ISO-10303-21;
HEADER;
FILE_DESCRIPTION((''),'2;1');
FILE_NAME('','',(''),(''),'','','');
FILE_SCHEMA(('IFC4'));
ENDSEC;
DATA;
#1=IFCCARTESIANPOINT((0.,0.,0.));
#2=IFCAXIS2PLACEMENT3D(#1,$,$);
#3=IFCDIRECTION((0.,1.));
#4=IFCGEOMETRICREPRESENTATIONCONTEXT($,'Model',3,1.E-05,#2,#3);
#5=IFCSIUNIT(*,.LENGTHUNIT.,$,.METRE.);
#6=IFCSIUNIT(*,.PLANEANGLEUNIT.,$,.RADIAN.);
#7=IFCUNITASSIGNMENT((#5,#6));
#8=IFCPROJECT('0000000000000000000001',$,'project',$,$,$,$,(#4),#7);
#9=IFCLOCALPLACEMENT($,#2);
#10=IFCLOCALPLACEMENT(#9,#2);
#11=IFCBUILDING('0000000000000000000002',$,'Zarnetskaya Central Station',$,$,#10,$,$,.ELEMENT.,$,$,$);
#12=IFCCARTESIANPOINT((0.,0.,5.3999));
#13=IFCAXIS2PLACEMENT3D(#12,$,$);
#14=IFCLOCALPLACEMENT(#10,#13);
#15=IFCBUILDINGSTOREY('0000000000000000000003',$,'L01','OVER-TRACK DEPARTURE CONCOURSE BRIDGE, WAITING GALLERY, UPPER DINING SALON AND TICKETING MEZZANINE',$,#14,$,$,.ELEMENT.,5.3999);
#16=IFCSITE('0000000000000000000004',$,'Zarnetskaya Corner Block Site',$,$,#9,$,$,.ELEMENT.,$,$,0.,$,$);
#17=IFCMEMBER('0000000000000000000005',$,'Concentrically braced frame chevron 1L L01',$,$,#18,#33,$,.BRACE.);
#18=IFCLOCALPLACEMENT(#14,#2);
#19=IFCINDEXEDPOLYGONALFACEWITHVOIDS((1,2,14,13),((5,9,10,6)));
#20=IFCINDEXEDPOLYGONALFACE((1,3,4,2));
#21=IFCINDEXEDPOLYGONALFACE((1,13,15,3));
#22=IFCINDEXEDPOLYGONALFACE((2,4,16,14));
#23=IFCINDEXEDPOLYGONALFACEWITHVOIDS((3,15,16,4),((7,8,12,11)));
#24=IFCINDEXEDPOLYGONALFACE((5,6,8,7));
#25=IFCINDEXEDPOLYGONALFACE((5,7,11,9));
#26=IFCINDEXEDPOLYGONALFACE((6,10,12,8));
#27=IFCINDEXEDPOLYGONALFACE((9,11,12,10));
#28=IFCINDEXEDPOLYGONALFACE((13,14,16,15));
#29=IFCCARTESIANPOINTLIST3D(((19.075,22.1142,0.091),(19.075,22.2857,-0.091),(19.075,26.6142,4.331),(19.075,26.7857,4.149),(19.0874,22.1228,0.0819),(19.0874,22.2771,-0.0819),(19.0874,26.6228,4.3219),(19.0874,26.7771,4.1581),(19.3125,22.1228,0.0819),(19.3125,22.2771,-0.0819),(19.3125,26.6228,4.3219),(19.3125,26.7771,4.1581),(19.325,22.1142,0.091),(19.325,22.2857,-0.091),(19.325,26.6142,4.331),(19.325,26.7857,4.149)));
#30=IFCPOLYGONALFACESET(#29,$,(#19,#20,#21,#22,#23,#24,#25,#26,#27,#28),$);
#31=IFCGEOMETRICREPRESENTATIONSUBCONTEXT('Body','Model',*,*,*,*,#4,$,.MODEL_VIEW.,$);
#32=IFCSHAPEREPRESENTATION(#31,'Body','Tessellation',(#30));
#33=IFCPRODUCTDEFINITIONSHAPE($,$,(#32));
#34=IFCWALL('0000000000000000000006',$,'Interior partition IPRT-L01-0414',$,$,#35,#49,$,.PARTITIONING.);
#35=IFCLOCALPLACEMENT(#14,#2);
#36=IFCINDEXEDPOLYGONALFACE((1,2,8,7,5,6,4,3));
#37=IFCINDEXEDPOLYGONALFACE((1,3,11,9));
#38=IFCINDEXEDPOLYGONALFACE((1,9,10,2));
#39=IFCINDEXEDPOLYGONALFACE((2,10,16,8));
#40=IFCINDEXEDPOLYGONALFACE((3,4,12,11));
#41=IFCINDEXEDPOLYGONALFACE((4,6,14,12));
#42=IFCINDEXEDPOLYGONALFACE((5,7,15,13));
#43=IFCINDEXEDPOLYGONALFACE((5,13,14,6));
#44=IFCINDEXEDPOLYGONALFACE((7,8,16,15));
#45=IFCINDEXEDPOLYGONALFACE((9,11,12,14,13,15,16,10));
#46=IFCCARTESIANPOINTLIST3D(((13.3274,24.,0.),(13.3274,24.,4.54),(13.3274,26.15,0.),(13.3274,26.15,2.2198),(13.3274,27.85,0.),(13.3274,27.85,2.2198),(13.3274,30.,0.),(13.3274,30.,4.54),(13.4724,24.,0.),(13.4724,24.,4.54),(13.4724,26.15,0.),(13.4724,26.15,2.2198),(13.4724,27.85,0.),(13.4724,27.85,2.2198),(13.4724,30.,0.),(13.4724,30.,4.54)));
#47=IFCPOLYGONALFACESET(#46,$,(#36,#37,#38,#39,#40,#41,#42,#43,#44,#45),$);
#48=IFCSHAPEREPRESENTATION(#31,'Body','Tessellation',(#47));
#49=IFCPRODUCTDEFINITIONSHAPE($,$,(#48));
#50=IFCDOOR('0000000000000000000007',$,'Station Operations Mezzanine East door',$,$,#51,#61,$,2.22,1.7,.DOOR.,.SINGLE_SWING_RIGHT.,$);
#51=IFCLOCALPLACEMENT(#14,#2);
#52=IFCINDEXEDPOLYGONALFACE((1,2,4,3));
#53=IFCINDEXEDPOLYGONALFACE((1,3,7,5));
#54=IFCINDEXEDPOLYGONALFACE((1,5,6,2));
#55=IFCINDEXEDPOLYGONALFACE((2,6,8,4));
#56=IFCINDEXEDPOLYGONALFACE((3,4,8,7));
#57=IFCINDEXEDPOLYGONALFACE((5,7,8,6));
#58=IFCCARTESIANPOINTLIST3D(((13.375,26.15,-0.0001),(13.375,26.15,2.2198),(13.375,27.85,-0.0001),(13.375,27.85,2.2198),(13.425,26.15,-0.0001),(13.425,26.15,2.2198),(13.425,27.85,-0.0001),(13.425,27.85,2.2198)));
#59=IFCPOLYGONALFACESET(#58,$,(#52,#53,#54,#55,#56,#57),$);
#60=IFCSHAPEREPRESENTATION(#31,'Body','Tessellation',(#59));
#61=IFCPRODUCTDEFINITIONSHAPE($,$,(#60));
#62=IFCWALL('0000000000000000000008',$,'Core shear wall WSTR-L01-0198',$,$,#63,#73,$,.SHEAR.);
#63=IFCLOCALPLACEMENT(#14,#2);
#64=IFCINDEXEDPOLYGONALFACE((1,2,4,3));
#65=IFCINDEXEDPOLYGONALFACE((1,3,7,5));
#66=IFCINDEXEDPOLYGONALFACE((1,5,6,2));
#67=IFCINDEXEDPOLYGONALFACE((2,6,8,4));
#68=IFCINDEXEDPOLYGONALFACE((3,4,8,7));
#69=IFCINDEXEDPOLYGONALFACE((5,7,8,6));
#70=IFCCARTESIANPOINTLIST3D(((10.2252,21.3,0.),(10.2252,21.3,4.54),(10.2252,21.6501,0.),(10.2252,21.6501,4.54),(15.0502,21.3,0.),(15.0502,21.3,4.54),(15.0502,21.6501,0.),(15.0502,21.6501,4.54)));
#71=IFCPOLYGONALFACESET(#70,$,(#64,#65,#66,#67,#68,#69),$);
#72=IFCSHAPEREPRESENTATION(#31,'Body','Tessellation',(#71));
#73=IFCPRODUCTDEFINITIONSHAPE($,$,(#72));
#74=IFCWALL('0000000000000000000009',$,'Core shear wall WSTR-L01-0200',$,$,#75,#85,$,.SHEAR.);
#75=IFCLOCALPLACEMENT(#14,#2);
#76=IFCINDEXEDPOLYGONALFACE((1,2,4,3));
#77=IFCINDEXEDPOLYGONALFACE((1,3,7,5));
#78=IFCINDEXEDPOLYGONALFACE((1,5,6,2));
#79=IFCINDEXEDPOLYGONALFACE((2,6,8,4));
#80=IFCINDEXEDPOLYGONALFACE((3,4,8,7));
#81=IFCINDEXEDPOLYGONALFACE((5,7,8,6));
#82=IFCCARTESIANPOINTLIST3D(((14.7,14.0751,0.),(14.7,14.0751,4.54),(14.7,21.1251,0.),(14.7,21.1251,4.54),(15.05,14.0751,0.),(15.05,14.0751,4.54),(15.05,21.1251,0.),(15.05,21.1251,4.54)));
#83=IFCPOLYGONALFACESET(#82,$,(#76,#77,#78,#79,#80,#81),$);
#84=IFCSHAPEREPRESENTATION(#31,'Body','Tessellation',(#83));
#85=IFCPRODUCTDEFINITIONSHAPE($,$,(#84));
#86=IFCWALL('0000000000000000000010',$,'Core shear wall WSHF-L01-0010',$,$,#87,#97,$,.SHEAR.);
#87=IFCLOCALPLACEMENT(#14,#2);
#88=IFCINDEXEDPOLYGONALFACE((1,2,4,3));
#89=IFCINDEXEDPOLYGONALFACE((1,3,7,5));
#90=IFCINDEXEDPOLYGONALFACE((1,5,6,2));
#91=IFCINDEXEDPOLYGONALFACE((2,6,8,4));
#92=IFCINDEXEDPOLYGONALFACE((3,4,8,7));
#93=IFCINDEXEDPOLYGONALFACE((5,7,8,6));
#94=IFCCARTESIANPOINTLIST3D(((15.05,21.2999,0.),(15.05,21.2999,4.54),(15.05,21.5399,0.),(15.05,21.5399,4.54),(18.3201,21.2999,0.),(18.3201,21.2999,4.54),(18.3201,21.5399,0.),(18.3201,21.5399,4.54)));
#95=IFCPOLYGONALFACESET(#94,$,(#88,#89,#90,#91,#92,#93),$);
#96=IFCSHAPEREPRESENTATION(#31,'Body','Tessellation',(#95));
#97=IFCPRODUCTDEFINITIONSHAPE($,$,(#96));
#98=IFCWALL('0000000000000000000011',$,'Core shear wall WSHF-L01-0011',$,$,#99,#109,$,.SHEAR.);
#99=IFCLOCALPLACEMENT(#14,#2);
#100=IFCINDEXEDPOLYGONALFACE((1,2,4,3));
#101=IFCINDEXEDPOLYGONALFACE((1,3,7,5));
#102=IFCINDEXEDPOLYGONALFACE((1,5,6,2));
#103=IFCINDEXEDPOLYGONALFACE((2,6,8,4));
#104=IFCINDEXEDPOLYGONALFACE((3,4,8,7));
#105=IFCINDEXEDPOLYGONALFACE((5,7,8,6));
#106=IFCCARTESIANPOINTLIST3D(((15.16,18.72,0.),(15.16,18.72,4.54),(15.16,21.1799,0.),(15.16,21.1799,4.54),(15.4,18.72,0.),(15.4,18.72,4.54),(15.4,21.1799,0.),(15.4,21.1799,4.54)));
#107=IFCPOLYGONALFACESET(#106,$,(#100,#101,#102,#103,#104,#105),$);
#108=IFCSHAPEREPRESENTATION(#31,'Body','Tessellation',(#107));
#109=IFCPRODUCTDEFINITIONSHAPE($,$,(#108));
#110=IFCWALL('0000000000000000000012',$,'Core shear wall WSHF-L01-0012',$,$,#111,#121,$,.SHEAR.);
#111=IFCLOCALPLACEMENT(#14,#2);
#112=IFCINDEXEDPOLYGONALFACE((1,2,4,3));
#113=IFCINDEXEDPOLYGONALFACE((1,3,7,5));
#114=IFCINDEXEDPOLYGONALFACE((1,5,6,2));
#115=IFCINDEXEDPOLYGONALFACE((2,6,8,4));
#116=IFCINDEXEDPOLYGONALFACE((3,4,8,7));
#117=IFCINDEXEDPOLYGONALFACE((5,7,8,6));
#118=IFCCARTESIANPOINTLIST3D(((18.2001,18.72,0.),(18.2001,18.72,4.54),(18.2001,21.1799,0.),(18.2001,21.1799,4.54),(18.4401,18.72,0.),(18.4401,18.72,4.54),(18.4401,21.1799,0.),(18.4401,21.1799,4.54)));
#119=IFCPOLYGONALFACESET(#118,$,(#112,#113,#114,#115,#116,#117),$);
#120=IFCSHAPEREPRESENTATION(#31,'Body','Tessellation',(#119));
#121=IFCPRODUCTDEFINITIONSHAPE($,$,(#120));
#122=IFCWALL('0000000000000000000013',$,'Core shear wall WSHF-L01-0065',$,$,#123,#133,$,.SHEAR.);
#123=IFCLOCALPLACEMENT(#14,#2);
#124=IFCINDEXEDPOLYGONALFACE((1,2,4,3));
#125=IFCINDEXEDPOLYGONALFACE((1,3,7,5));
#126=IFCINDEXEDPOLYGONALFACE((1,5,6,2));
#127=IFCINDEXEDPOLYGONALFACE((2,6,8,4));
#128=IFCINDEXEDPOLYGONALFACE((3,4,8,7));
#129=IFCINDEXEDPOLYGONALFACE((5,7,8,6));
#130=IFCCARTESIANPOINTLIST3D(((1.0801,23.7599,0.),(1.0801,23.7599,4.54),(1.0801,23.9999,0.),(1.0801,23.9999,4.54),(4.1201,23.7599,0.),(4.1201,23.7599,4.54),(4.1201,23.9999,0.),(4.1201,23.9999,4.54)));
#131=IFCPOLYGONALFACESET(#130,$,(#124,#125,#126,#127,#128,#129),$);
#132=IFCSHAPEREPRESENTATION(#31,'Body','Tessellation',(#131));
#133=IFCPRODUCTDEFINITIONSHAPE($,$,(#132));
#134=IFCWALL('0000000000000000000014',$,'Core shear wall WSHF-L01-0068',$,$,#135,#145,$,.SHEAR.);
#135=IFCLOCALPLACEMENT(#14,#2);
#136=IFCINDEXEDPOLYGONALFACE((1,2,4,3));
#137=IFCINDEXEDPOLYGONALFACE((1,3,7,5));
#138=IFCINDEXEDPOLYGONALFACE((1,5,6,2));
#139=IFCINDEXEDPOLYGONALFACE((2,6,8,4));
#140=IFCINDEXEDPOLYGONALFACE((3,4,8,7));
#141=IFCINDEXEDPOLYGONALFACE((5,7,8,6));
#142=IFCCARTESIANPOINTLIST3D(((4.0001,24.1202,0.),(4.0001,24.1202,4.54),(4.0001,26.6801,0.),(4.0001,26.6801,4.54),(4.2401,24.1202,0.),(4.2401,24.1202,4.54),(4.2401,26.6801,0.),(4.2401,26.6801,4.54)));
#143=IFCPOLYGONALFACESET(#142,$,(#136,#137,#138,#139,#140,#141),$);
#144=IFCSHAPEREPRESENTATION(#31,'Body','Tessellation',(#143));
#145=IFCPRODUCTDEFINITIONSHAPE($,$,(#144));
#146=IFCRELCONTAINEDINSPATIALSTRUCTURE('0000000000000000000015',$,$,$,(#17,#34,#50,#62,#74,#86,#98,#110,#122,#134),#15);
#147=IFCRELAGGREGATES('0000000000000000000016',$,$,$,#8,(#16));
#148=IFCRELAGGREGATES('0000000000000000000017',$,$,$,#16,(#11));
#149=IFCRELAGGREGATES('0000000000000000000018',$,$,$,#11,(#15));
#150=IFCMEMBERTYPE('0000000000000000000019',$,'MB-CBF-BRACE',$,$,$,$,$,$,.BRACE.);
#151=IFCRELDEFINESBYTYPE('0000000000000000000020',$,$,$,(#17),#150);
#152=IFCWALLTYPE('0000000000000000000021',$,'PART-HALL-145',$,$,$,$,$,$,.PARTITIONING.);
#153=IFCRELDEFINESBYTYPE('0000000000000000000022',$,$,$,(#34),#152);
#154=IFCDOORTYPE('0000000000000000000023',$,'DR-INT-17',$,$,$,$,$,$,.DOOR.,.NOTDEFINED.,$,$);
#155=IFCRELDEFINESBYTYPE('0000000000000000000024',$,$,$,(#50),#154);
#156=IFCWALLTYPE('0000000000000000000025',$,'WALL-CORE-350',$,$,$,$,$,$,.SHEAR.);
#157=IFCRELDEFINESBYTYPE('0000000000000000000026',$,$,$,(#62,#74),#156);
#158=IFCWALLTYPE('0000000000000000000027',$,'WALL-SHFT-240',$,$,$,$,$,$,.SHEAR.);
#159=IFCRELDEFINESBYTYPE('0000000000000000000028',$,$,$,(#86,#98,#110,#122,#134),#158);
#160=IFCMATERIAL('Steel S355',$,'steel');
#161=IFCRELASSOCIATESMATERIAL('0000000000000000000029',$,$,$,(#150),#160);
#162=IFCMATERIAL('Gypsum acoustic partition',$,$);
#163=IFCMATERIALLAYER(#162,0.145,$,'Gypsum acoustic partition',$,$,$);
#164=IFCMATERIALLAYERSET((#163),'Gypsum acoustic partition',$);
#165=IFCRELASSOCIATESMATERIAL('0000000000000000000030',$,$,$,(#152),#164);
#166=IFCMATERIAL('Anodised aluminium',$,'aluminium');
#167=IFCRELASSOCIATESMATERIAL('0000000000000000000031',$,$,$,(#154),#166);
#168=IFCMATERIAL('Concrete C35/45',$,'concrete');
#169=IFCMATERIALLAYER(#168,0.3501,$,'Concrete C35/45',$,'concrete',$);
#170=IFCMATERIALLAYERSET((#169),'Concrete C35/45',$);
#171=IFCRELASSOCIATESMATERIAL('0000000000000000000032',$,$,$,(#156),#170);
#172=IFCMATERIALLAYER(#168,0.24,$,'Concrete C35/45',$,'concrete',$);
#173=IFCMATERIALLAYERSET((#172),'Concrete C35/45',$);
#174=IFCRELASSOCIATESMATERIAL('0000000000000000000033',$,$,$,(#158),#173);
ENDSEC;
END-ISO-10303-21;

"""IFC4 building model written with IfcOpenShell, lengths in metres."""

from ifc_helpers import new_model, si_unit, direction, frame, frame_2d, origin, origin_2d, place, context, subcontext, project, spatial, rectangle, hollow_rectangle, extrude, material, layer, layer_set, material_profile, profile_set, type_object, element, fill, save


model = new_model("IFC4")

# Units and contexts
model_context = context("Model", 3, precision=1e-05, world=origin(), true_north=direction((0.0, 1.0)))
body_context = subcontext(model_context, "Body", "Model", "MODEL_VIEW")
ifc_project = project(units=[si_unit("LENGTHUNIT", "METRE"), si_unit("PLANEANGLEUNIT", "RADIAN")], contexts=[model_context])

# Site, building, storey
site_placement = place(None, origin())
site = spatial("IfcSite", under=ifc_project, at=site_placement, Name="Zarnetskaya Corner Block Site", CompositionType="ELEMENT", RefElevation=0.0)
building_placement = place(site_placement, origin())
building = spatial("IfcBuilding", under=site, at=building_placement, Name="Zarnetskaya Central Station", CompositionType="ELEMENT")
storey_placement = place(building_placement, frame((0.0, 0.0, 5.3999)))
storey = spatial("IfcBuildingStorey", under=building, at=storey_placement, Name="L01", Description="OVER-TRACK DEPARTURE CONCOURSE BRIDGE, WAITING GALLERY, UPPER DINING SALON AND TICKETING MEZZANINE", CompositionType="ELEMENT", Elevation=5.3999)

# Shared definitions
ifc_material_1 = material(Name="Steel S355", Category="steel")

# Member
ifc_material_profile_1 = material_profile(ifc_material_1, hollow_rectangle(XDim=0.25, YDim=0.25, WallThickness=0.0125, at=origin_2d()), Name="SHS 250x250x12.5")
ifc_profile_set_1 = profile_set([ifc_material_profile_1], Name="Steel S355")
member_type = type_object("IfcMemberType", Name="MB-CBF-BRACE", PredefinedType="BRACE", material=ifc_profile_set_1)
member_placement = place(storey_placement, frame((19.2, 22.2, 0.0), z_axis=(0.0, 0.727821, 0.685767), x_axis=(-1.0, 0.0, 0.0)))
element("IfcMember", 1, at=member_placement, inside=storey, type_object=member_type, Name="Concentrically braced frame chevron 1L L01", PredefinedType="BRACE", context=body_context, shape_type="SweptSolid", body=[
    extrude(hollow_rectangle(XDim=0.25, YDim=0.25, WallThickness=0.0125, at=origin_2d()), origin(), (0.0, 0.0, 1.0), 6.1829),
])

# Wall, opening, door
ifc_material_2 = material(Name="Gypsum acoustic partition")
ifc_layer_1 = layer(ifc_material_2, 0.145, Name="Gypsum acoustic partition")
ifc_layer_set_1 = layer_set([ifc_layer_1], Name="Gypsum acoustic partition")
wall_type_1 = type_object("IfcWallType", Name="PART-HALL-145", PredefinedType="PARTITIONING", material=ifc_layer_set_1)
wall_1_placement = place(storey_placement, frame((13.3999, 24.0, 0.0), z_axis=(0.0, 0.0, 1.0), x_axis=(0.0, 1.0, 0.0)))
wall_1 = element("IfcWall", 2, at=wall_1_placement, inside=storey, type_object=wall_type_1, Name="Interior partition IPRT-L01-0414", PredefinedType="PARTITIONING", context=body_context, shape_type="SweptSolid", body=[
    extrude(rectangle(XDim=6.0, YDim=0.145, at=frame_2d((3.0, 0.0))), origin(), (0.0, 0.0, 1.0), 4.54),
])
opening_placement = place(wall_1_placement, frame((2.1499, 0.0, 0.0)))
opening = element("IfcOpeningElement", 3, at=opening_placement, cuts=wall_1, PredefinedType="OPENING", context=body_context, shape_type="SweptSolid", body=[
    extrude(rectangle(XDim=1.7, YDim=2.22, at=frame_2d((0.8501, 1.1099))), frame((0.0, 0.0825, 0.0), z_axis=(0.0, -1.0, 0.0), x_axis=(1.0, 0.0, 0.0)), (0.0, 0.0, 1.0), 0.165),
])
ifc_material_3 = material(Name="Anodised aluminium", Category="aluminium")
door_type = type_object("IfcDoorType", Name="DR-INT-17", OperationType="NOTDEFINED", PredefinedType="DOOR", material=ifc_material_3)
door_placement = place(opening_placement, origin())
door = element("IfcDoor", 4, at=door_placement, inside=storey, type_object=door_type, Name="Station Operations Mezzanine East door", OperationType="SINGLE_SWING_RIGHT", OverallHeight=2.22, OverallWidth=1.7, PredefinedType="DOOR", context=body_context, shape_type="SweptSolid", body=[
    extrude(rectangle(XDim=1.7, YDim=2.22, at=frame_2d((0.8501, 1.1099))), frame((0.0, 0.0249, 0.0), z_axis=(0.0, -1.0, 0.0), x_axis=(1.0, 0.0, 0.0)), (0.0, 0.0, 1.0), 0.05),
])
fill(opening, door)

# Walls
ifc_material_4 = material(Name="Concrete C35/45", Category="concrete")
ifc_layer_2 = layer(ifc_material_4, 0.3501, Name="Concrete C35/45", Category="concrete")
ifc_layer_set_2 = layer_set([ifc_layer_2], Name="Concrete C35/45")
wall_type_2 = type_object("IfcWallType", Name="WALL-CORE-350", PredefinedType="SHEAR", material=ifc_layer_set_2)
wall_2_placement = place(storey_placement, frame((10.2251, 21.4751, 0.0), z_axis=(0.0, 0.0, 1.0), x_axis=(1.0, 0.0, 0.0)))
element("IfcWall", 5, at=wall_2_placement, inside=storey, type_object=wall_type_2, Name="Core shear wall WSTR-L01-0198", PredefinedType="SHEAR", context=body_context, shape_type="SweptSolid", body=[
    extrude(rectangle(XDim=4.825, YDim=0.3501, at=frame_2d((2.4126, 0.0))), origin(), (0.0, 0.0, 1.0), 4.54),
])
wall_3_placement = place(storey_placement, frame((14.875, 21.125, 0.0), z_axis=(0.0, 0.0, 1.0), x_axis=(0.0, -1.0, 0.0)))
element("IfcWall", 6, at=wall_3_placement, inside=storey, type_object=wall_type_2, Name="Core shear wall WSTR-L01-0200", PredefinedType="SHEAR", context=body_context, shape_type="SweptSolid", body=[
    extrude(rectangle(XDim=7.05, YDim=0.3501, at=frame_2d((3.5249, 0.0))), origin(), (0.0, 0.0, 1.0), 4.54),
])
ifc_layer_3 = layer(ifc_material_4, 0.24, Name="Concrete C35/45", Category="concrete")
ifc_layer_set_3 = layer_set([ifc_layer_3], Name="Concrete C35/45")
wall_type_3 = type_object("IfcWallType", Name="WALL-SHFT-240", PredefinedType="SHEAR", material=ifc_layer_set_3)
wall_4_placement = place(storey_placement, frame((15.05, 21.4199, 0.0), z_axis=(0.0, 0.0, 1.0), x_axis=(1.0, 0.0, 0.0)))
element("IfcWall", 7, at=wall_4_placement, inside=storey, type_object=wall_type_3, Name="Core shear wall WSHF-L01-0010", PredefinedType="SHEAR", context=body_context, shape_type="SweptSolid", body=[
    extrude(rectangle(XDim=3.27, YDim=0.24, at=frame_2d((1.635, 0.0))), origin(), (0.0, 0.0, 1.0), 4.54),
])
for number, where, z_axis, x_axis, name in (
    (8, (15.28, 18.72, 0.0), (0.0, 0.0, 1.0), (0.0, 1.0, 0.0), "Core shear wall WSHF-L01-0011"),
    (9, (18.3201, 21.1799, 0.0), (0.0, 0.0, 1.0), (0.0, -1.0, 0.0), "Core shear wall WSHF-L01-0012"),
):
    element("IfcWall", number, at=place(storey_placement, frame(where, z_axis=z_axis, x_axis=x_axis)), inside=storey, type_object=wall_type_3, Name=name, PredefinedType="SHEAR", context=body_context, shape_type="SweptSolid", body=[
        extrude(rectangle(XDim=2.46, YDim=0.24, at=frame_2d((1.23, 0.0))), origin(), (0.0, 0.0, 1.0), 4.54),
    ])
wall_5_placement = place(storey_placement, frame((4.1201, 23.8799, 0.0), z_axis=(0.0, 0.0, 1.0), x_axis=(-1.0, 0.0, 0.0)))
element("IfcWall", 10, at=wall_5_placement, inside=storey, type_object=wall_type_3, Name="Core shear wall WSHF-L01-0065", PredefinedType="SHEAR", context=body_context, shape_type="SweptSolid", body=[
    extrude(rectangle(XDim=3.04, YDim=0.24, at=frame_2d((1.52, 0.0))), origin(), (0.0, 0.0, 1.0), 4.54),
])
wall_6_placement = place(storey_placement, frame((4.1201, 26.6799, 0.0), z_axis=(0.0, 0.0, 1.0), x_axis=(0.0, -1.0, 0.0)))
element("IfcWall", 11, at=wall_6_placement, inside=storey, type_object=wall_type_3, Name="Core shear wall WSHF-L01-0068", PredefinedType="SHEAR", context=body_context, shape_type="SweptSolid", body=[
    extrude(rectangle(XDim=2.5598, YDim=0.24, at=frame_2d((1.2798, 0.0))), origin(), (0.0, 0.0, 1.0), 4.54),
])

save(model, "model.ifc")
